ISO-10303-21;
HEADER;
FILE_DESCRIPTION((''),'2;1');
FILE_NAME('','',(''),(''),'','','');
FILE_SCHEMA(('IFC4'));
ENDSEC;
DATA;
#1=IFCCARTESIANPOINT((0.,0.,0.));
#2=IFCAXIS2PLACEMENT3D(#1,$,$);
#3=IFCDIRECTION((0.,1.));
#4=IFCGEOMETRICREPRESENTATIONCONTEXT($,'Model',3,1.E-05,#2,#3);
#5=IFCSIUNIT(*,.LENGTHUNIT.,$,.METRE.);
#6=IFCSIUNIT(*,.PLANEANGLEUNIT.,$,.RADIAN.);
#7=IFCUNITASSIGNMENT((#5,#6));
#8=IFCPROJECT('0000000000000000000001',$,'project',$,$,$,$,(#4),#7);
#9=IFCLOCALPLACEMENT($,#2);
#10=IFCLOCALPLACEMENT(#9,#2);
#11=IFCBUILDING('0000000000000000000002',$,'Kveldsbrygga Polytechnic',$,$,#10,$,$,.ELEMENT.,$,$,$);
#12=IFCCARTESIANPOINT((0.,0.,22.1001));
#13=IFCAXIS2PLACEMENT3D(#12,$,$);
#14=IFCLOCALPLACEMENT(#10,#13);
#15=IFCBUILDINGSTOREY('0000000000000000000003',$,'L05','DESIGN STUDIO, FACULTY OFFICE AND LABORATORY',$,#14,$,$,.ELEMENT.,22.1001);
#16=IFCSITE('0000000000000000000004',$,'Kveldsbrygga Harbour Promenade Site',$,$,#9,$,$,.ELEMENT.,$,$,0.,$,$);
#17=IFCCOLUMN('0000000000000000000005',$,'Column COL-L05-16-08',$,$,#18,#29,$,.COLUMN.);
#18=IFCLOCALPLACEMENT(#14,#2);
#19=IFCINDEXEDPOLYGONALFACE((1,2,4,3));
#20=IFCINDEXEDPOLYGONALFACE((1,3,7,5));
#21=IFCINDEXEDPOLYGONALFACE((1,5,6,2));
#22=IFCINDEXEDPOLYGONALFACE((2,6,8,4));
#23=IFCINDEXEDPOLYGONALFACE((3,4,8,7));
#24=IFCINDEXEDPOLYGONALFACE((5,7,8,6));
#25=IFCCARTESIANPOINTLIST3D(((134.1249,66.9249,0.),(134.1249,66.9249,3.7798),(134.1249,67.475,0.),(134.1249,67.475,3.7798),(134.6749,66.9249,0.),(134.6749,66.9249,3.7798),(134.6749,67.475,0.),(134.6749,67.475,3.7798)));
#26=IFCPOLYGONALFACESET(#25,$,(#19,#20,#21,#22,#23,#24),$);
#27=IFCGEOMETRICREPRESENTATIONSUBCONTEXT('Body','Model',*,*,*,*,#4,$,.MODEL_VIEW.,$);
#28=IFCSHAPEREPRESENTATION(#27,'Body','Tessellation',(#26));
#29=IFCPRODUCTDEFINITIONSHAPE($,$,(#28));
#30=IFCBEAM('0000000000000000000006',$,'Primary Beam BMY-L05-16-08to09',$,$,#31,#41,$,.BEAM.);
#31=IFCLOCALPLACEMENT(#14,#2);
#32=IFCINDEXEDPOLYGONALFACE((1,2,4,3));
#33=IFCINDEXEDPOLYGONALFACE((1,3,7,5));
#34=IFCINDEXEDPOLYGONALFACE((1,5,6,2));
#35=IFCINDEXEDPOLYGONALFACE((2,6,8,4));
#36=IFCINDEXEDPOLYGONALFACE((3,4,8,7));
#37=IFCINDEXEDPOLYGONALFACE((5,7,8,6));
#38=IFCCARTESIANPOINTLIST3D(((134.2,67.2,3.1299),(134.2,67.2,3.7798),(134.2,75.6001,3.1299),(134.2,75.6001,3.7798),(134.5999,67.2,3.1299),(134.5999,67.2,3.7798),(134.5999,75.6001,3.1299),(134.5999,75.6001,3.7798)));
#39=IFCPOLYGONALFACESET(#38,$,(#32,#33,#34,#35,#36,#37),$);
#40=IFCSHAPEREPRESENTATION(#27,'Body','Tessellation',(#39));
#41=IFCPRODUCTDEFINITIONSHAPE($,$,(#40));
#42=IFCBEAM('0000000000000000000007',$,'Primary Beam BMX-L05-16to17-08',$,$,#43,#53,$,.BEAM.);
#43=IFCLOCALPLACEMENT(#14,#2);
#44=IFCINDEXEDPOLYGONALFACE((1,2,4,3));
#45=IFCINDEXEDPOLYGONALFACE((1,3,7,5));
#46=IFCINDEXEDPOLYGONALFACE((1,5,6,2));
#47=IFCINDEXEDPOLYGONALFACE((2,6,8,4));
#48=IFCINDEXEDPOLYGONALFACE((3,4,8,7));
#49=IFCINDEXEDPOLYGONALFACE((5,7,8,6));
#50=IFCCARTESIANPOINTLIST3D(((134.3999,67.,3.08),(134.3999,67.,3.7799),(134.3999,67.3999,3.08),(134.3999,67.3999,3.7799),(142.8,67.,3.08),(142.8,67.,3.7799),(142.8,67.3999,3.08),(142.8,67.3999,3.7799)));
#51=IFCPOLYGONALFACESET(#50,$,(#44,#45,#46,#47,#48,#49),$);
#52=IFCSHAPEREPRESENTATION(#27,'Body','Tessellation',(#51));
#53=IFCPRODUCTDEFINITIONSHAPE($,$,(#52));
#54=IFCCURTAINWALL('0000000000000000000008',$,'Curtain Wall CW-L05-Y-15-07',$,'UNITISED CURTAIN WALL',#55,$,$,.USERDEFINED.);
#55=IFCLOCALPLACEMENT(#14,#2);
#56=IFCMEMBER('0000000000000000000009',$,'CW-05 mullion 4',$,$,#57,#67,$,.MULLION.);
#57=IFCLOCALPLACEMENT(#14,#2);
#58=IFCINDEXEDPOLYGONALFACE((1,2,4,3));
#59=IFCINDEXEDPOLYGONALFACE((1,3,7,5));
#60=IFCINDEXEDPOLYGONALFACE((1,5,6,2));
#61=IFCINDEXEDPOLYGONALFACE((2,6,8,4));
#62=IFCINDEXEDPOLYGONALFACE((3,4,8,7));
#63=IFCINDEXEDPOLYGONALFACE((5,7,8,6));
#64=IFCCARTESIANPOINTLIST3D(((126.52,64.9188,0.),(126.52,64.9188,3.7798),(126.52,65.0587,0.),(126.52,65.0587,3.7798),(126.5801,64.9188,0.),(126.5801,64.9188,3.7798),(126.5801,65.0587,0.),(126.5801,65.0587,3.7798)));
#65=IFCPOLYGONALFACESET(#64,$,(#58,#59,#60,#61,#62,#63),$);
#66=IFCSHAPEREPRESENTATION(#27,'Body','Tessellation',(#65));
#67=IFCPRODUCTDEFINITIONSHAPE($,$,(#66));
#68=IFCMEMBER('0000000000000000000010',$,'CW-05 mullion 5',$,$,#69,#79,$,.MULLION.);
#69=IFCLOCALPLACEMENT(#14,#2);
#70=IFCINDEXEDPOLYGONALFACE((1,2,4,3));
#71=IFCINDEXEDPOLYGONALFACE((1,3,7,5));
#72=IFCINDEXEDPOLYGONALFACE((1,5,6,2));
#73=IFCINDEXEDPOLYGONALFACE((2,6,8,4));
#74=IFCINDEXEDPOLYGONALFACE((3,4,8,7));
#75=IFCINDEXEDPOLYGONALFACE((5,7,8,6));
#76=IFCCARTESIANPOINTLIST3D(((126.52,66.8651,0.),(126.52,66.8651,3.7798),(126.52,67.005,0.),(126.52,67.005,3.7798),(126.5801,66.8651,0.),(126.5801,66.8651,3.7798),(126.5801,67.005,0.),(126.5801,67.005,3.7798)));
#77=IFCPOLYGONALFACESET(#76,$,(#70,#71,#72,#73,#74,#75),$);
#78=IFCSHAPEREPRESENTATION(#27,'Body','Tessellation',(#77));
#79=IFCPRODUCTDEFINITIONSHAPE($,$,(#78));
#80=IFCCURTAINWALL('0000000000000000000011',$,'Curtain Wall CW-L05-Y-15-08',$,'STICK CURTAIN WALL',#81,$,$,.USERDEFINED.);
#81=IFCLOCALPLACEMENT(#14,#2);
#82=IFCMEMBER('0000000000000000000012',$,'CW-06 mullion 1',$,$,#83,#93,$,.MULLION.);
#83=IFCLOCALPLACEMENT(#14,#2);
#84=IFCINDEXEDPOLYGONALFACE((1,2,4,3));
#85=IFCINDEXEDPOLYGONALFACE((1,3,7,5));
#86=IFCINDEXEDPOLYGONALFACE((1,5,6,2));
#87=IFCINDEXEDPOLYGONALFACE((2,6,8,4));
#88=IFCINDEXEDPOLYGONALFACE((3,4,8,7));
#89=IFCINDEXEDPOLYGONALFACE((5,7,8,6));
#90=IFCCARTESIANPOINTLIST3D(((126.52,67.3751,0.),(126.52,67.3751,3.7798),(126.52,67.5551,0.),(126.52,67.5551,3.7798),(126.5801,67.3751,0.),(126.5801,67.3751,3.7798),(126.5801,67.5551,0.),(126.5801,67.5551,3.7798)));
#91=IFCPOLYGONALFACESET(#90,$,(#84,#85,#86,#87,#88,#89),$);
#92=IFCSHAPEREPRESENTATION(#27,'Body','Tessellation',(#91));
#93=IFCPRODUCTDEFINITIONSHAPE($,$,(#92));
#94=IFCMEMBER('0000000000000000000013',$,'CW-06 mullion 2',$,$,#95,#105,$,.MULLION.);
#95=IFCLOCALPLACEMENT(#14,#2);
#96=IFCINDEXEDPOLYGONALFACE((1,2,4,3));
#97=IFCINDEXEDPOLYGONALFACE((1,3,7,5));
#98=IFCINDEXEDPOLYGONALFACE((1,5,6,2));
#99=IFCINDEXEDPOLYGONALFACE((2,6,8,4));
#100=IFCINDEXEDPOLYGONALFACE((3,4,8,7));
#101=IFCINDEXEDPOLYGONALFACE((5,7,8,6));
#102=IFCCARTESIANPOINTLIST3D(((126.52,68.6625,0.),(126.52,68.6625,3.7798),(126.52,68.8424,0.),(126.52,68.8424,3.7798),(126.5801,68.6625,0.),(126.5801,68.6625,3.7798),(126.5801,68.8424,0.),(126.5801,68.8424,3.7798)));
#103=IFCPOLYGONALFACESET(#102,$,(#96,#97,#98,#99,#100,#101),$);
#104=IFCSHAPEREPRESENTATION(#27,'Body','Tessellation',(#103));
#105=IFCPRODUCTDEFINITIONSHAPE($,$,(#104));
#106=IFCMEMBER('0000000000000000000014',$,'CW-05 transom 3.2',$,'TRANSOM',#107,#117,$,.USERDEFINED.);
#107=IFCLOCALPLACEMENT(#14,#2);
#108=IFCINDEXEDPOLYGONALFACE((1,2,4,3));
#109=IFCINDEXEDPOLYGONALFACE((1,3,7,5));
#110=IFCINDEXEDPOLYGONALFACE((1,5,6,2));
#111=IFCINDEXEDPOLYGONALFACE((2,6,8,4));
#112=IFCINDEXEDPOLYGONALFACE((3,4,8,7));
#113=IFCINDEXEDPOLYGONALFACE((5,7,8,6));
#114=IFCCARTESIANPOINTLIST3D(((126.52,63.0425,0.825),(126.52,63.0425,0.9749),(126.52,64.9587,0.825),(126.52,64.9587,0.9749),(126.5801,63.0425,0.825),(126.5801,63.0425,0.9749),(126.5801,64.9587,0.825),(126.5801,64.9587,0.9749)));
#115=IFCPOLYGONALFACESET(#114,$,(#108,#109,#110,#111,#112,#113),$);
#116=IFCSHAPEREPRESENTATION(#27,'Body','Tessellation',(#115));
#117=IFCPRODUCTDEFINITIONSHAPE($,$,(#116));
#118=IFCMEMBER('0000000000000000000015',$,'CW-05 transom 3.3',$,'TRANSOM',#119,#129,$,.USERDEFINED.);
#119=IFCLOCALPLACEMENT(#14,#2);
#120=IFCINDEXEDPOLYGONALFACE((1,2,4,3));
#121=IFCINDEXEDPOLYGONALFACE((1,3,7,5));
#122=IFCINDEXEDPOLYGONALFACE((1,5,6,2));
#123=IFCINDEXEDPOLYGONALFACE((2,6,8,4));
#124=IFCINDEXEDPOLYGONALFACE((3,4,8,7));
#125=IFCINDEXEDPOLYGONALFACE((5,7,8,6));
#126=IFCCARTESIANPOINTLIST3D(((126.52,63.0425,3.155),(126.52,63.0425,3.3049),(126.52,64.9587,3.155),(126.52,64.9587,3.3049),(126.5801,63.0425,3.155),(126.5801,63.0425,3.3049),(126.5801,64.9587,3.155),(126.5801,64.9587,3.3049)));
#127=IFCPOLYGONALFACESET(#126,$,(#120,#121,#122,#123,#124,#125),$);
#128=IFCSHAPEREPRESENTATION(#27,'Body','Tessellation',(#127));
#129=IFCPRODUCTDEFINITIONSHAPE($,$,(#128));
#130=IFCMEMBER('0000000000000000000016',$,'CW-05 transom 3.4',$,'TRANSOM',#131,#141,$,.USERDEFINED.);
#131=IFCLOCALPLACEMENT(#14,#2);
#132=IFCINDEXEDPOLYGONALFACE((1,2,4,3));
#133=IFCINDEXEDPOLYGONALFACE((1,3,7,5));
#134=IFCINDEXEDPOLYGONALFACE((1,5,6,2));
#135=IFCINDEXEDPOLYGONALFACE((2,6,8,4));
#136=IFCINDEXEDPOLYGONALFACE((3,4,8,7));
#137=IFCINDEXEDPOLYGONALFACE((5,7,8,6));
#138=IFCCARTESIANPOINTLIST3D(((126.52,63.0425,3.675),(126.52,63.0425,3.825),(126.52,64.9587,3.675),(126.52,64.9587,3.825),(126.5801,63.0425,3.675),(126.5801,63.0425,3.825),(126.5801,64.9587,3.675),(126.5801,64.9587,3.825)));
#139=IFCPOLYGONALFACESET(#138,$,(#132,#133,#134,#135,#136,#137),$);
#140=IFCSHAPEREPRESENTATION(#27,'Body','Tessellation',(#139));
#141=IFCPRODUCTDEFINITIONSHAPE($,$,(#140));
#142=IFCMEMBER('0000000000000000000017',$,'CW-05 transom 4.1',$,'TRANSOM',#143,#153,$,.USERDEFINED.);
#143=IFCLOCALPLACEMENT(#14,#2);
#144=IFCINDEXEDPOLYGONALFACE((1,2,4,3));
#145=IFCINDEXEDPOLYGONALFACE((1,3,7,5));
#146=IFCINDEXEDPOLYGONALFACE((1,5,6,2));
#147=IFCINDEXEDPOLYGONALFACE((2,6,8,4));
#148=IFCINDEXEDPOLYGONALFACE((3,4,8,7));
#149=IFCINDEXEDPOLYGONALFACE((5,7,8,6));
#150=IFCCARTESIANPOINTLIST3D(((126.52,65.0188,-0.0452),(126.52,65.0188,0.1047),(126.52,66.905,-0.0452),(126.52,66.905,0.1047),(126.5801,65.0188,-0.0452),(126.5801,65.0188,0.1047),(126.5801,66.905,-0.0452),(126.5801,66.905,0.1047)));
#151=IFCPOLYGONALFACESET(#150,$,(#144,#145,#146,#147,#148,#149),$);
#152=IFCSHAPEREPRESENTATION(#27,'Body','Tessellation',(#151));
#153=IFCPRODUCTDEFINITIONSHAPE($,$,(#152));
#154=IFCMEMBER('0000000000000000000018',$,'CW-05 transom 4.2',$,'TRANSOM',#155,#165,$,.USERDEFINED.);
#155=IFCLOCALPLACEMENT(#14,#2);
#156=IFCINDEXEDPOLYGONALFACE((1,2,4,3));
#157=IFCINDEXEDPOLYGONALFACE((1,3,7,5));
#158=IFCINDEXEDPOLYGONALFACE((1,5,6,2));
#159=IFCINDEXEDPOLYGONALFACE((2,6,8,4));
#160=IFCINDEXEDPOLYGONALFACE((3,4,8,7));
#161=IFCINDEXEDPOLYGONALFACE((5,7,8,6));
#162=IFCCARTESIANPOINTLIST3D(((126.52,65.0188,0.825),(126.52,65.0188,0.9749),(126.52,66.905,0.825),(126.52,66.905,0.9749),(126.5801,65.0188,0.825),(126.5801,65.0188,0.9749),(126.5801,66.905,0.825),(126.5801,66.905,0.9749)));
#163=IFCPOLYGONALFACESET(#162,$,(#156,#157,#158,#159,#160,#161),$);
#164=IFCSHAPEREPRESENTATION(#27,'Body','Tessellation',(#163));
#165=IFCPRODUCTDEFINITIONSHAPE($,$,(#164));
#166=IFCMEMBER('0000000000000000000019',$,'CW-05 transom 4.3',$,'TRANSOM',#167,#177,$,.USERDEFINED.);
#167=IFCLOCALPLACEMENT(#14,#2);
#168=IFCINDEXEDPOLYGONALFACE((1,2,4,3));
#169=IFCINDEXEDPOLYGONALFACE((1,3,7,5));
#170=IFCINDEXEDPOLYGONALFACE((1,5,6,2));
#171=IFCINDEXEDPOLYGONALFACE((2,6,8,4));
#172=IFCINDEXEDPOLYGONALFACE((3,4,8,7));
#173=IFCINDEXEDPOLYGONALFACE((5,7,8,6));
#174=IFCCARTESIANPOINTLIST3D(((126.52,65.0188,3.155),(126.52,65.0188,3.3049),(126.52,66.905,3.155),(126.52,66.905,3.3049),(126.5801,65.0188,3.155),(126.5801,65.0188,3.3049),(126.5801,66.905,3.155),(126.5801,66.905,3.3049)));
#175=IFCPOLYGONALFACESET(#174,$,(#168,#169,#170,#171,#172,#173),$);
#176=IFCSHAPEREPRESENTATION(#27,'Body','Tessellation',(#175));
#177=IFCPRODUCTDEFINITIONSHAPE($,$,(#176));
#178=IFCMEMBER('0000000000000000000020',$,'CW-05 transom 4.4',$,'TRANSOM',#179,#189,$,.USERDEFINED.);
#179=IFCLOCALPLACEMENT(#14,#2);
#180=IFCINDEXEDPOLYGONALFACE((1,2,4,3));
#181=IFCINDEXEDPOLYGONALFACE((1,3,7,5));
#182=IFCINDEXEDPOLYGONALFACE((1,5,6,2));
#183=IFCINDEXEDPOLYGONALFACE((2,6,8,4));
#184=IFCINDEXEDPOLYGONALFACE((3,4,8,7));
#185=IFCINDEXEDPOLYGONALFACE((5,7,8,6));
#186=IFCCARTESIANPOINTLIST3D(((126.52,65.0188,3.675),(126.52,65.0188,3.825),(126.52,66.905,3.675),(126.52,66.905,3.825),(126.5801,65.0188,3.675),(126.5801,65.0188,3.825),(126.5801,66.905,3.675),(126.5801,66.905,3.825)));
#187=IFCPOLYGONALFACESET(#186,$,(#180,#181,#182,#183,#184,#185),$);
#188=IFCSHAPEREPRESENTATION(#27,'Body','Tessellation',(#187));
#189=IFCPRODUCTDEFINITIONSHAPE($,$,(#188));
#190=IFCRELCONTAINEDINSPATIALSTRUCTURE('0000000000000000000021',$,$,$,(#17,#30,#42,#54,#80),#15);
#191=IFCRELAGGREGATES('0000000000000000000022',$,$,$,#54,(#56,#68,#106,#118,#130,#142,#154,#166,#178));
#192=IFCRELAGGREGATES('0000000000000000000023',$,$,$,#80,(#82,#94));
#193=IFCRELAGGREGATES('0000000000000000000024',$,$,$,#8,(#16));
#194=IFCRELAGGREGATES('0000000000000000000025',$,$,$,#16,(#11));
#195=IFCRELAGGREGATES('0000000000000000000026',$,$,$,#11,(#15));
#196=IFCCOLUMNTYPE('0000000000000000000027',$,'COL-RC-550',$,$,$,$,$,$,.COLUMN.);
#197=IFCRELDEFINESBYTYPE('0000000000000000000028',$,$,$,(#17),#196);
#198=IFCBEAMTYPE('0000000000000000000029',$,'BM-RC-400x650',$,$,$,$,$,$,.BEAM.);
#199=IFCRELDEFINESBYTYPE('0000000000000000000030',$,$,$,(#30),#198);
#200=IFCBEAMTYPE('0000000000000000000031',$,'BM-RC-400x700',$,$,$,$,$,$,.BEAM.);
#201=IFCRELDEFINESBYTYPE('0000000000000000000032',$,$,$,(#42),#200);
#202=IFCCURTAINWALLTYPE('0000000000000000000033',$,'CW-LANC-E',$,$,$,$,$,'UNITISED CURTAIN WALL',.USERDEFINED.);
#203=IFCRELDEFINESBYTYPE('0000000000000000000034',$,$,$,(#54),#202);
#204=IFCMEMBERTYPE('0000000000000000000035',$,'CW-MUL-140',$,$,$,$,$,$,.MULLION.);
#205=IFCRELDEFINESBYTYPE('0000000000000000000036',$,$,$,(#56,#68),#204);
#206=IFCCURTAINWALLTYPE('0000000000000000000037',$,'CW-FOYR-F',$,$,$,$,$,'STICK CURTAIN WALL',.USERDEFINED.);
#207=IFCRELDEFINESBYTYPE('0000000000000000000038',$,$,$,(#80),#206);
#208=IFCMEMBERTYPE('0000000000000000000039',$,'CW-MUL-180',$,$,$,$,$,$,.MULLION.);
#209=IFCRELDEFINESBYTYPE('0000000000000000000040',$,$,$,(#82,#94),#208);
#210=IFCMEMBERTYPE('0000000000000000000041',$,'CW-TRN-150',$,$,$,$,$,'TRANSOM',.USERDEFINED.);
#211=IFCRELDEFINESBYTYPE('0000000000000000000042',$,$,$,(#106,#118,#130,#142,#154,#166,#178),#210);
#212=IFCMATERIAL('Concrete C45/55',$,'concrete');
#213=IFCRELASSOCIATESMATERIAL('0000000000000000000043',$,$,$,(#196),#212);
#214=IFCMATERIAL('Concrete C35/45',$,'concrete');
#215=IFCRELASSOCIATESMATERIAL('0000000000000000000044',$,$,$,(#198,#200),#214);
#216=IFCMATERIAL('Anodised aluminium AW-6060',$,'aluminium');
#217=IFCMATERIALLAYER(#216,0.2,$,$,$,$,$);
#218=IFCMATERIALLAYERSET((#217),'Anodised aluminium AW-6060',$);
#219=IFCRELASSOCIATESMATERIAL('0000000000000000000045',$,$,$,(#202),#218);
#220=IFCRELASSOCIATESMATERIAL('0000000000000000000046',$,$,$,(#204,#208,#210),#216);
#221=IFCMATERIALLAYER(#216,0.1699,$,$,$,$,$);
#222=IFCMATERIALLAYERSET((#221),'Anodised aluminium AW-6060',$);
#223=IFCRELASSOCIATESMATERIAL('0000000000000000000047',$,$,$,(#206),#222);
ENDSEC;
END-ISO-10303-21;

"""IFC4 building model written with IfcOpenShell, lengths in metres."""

from ifc_helpers import new_model, si_unit, direction, frame, origin, origin_2d, place, context, subcontext, project, spatial, rectangle, extrude, material, layer, layer_set, material_profile, profile_set, type_object, element, aggregate, save


model = new_model("IFC4")

# Units and contexts
model_context = context("Model", 3, precision=1e-05, world=origin(), true_north=direction((0.0, 1.0)))
body_context = subcontext(model_context, "Body", "Model", "MODEL_VIEW")
ifc_project = project(units=[si_unit("LENGTHUNIT", "METRE"), si_unit("PLANEANGLEUNIT", "RADIAN")], contexts=[model_context])

# Site, building, storey
site_placement = place(None, origin())
site = spatial("IfcSite", under=ifc_project, at=site_placement, Name="Kveldsbrygga Harbour Promenade Site", CompositionType="ELEMENT", RefElevation=0.0)
building_placement = place(site_placement, origin())
building = spatial("IfcBuilding", under=site, at=building_placement, Name="Kveldsbrygga Polytechnic", CompositionType="ELEMENT")
storey_placement = place(building_placement, frame((0.0, 0.0, 22.1001)))
storey = spatial("IfcBuildingStorey", under=building, at=storey_placement, Name="L05", Description="DESIGN STUDIO, FACULTY OFFICE AND LABORATORY", CompositionType="ELEMENT", Elevation=22.1001)

# Column
ifc_material_1 = material(Name="Concrete C45/55", Category="concrete")
ifc_material_profile_1 = material_profile(ifc_material_1, rectangle(XDim=0.55, YDim=0.55, at=origin_2d()), Name="RC 550x550")
ifc_profile_set_1 = profile_set([ifc_material_profile_1], Name="Concrete C45/55")
column_type = type_object("IfcColumnType", Name="COL-RC-550", PredefinedType="COLUMN", material=ifc_profile_set_1)
column_placement = place(storey_placement, frame((134.3999, 67.2, 0.0), z_axis=(0.0, 0.0, 1.0), x_axis=(1.0, 0.0, 0.0)))
element("IfcColumn", 1, at=column_placement, inside=storey, type_object=column_type, Name="Column COL-L05-16-08", PredefinedType="COLUMN", context=body_context, shape_type="SweptSolid", body=[
    extrude(rectangle(XDim=0.55, YDim=0.55, at=origin_2d()), origin(), (0.0, 0.0, 1.0), 3.7798),
])

# Beams
ifc_material_2 = material(Name="Concrete C35/45", Category="concrete")
ifc_material_profile_2 = material_profile(ifc_material_2, rectangle(XDim=0.3999, YDim=0.6499, at=origin_2d()), Name="RC 400x650")
ifc_profile_set_2 = profile_set([ifc_material_profile_2], Name="Concrete C35/45")
beam_type_1 = type_object("IfcBeamType", Name="BM-RC-400x650", PredefinedType="BEAM", material=ifc_profile_set_2)
beam_1_placement = place(storey_placement, frame((134.3999, 67.2, 3.4548), z_axis=(0.0, 1.0, 0.0), x_axis=(-1.0, 0.0, 0.0)))
element("IfcBeam", 2, at=beam_1_placement, inside=storey, type_object=beam_type_1, Name="Primary Beam BMY-L05-16-08to09", PredefinedType="BEAM", context=body_context, shape_type="SweptSolid", body=[
    extrude(rectangle(XDim=0.3999, YDim=0.6499, at=origin_2d()), origin(), (0.0, 0.0, 1.0), 8.4001),
])
ifc_material_profile_3 = material_profile(ifc_material_2, rectangle(XDim=0.3999, YDim=0.7, at=origin_2d()), Name="RC 400x700")
ifc_profile_set_3 = profile_set([ifc_material_profile_3], Name="Concrete C35/45")
beam_type_2 = type_object("IfcBeamType", Name="BM-RC-400x700", PredefinedType="BEAM", material=ifc_profile_set_3)
beam_2_placement = place(storey_placement, frame((134.3999, 67.2, 3.4299), z_axis=(1.0, 0.0, 0.0), x_axis=(0.0, 1.0, 0.0)))
element("IfcBeam", 3, at=beam_2_placement, inside=storey, type_object=beam_type_2, Name="Primary Beam BMX-L05-16to17-08", PredefinedType="BEAM", context=body_context, shape_type="SweptSolid", body=[
    extrude(rectangle(XDim=0.3999, YDim=0.7, at=origin_2d()), origin(), (0.0, 0.0, 1.0), 8.4001),
])

# Curtain walls, members
ifc_material_3 = material(Name="Anodised aluminium AW-6060", Category="aluminium")
ifc_layer_1 = layer(ifc_material_3, 0.2)
ifc_layer_set_1 = layer_set([ifc_layer_1], Name="Anodised aluminium AW-6060")
curtain_wall_type_1 = type_object("IfcCurtainWallType", Name="CW-LANC-E", ElementType="UNITISED CURTAIN WALL", PredefinedType="USERDEFINED", material=ifc_layer_set_1)
curtain_wall_1_placement = place(storey_placement, origin())
curtain_wall_1 = element("IfcCurtainWall", 4, at=curtain_wall_1_placement, inside=storey, type_object=curtain_wall_type_1, Name="Curtain Wall CW-L05-Y-15-07", ObjectType="UNITISED CURTAIN WALL", PredefinedType="USERDEFINED")
ifc_material_profile_4 = material_profile(ifc_material_3, rectangle(XDim=0.0601, YDim=0.1399, at=origin_2d()), Name="ALU 60x140")
ifc_profile_set_4 = profile_set([ifc_material_profile_4], Name="Anodised aluminium AW-6060")
member_type_1 = type_object("IfcMemberType", Name="CW-MUL-140", PredefinedType="MULLION", material=ifc_profile_set_4)
member_1_placement = place(storey_placement, frame((126.55, 64.9888, 0.0), z_axis=(0.0, 0.0, 1.0), x_axis=(-1.0, 0.0, 0.0)))
member_1 = element("IfcMember", 5, at=member_1_placement, type_object=member_type_1, Name="CW-05 mullion 4", PredefinedType="MULLION", context=body_context, shape_type="SweptSolid", body=[
    extrude(rectangle(XDim=0.0601, YDim=0.1399, at=origin_2d()), origin(), (0.0, 0.0, 1.0), 3.7798),
])
member_2_placement = place(storey_placement, frame((126.55, 66.9351, 0.0), z_axis=(0.0, 0.0, 1.0), x_axis=(-1.0, 0.0, 0.0)))
member_2 = element("IfcMember", 6, at=member_2_placement, type_object=member_type_1, Name="CW-05 mullion 5", PredefinedType="MULLION", context=body_context, shape_type="SweptSolid", body=[
    extrude(rectangle(XDim=0.0601, YDim=0.1399, at=origin_2d()), origin(), (0.0, 0.0, 1.0), 3.7798),
])
ifc_layer_2 = layer(ifc_material_3, 0.1699)
ifc_layer_set_2 = layer_set([ifc_layer_2], Name="Anodised aluminium AW-6060")
curtain_wall_type_2 = type_object("IfcCurtainWallType", Name="CW-FOYR-F", ElementType="STICK CURTAIN WALL", PredefinedType="USERDEFINED", material=ifc_layer_set_2)
curtain_wall_2_placement = place(storey_placement, origin())
curtain_wall_2 = element("IfcCurtainWall", 7, at=curtain_wall_2_placement, inside=storey, type_object=curtain_wall_type_2, Name="Curtain Wall CW-L05-Y-15-08", ObjectType="STICK CURTAIN WALL", PredefinedType="USERDEFINED")
ifc_material_profile_5 = material_profile(ifc_material_3, rectangle(XDim=0.0601, YDim=0.1799, at=origin_2d()), Name="ALU 60x180")
ifc_profile_set_5 = profile_set([ifc_material_profile_5], Name="Anodised aluminium AW-6060")
member_type_2 = type_object("IfcMemberType", Name="CW-MUL-180", PredefinedType="MULLION", material=ifc_profile_set_5)
member_3_placement = place(storey_placement, frame((126.55, 67.4651, 0.0), z_axis=(0.0, 0.0, 1.0), x_axis=(-1.0, 0.0, 0.0)))
member_3 = element("IfcMember", 8, at=member_3_placement, type_object=member_type_2, Name="CW-06 mullion 1", PredefinedType="MULLION", context=body_context, shape_type="SweptSolid", body=[
    extrude(rectangle(XDim=0.0601, YDim=0.1799, at=origin_2d()), origin(), (0.0, 0.0, 1.0), 3.7798),
])
member_4_placement = place(storey_placement, frame((126.55, 68.7524, 0.0), z_axis=(0.0, 0.0, 1.0), x_axis=(-1.0, 0.0, 0.0)))
member_4 = element("IfcMember", 9, at=member_4_placement, type_object=member_type_2, Name="CW-06 mullion 2", PredefinedType="MULLION", context=body_context, shape_type="SweptSolid", body=[
    extrude(rectangle(XDim=0.0601, YDim=0.1799, at=origin_2d()), origin(), (0.0, 0.0, 1.0), 3.7798),
])

# Members
ifc_material_profile_6 = material_profile(ifc_material_3, rectangle(XDim=0.0601, YDim=0.1499, at=origin_2d()), Name="ALU 60x150")
ifc_profile_set_6 = profile_set([ifc_material_profile_6], Name="Anodised aluminium AW-6060")
member_type_3 = type_object("IfcMemberType", Name="CW-TRN-150", ElementType="TRANSOM", PredefinedType="USERDEFINED", material=ifc_profile_set_6)
member_5_placement = place(storey_placement, frame((126.55, 63.0425, 0.8999), z_axis=(0.0, 1.0, 0.0), x_axis=(-1.0, 0.0, 0.0)))
member_5 = element("IfcMember", 10, at=member_5_placement, type_object=member_type_3, Name="CW-05 transom 3.2", ObjectType="TRANSOM", PredefinedType="USERDEFINED", context=body_context, shape_type="SweptSolid", body=[
    extrude(rectangle(XDim=0.0601, YDim=0.1499, at=origin_2d()), origin(), (0.0, 0.0, 1.0), 1.9163),
])
member_6_placement = place(storey_placement, frame((126.55, 63.0425, 3.23), z_axis=(0.0, 1.0, 0.0), x_axis=(-1.0, 0.0, 0.0)))
member_6 = element("IfcMember", 11, at=member_6_placement, type_object=member_type_3, Name="CW-05 transom 3.3", ObjectType="TRANSOM", PredefinedType="USERDEFINED", context=body_context, shape_type="SweptSolid", body=[
    extrude(rectangle(XDim=0.0601, YDim=0.1499, at=origin_2d()), origin(), (0.0, 0.0, 1.0), 1.9163),
])
member_7_placement = place(storey_placement, frame((126.55, 63.0425, 3.75), z_axis=(0.0, 1.0, 0.0), x_axis=(-1.0, 0.0, 0.0)))
member_7 = element("IfcMember", 12, at=member_7_placement, type_object=member_type_3, Name="CW-05 transom 3.4", ObjectType="TRANSOM", PredefinedType="USERDEFINED", context=body_context, shape_type="SweptSolid", body=[
    extrude(rectangle(XDim=0.0601, YDim=0.1499, at=origin_2d()), origin(), (0.0, 0.0, 1.0), 1.9163),
])
member_8_placement = place(storey_placement, frame((126.55, 65.0188, 0.0298), z_axis=(0.0, 1.0, 0.0), x_axis=(-1.0, 0.0, 0.0)))
member_8 = element("IfcMember", 13, at=member_8_placement, type_object=member_type_3, Name="CW-05 transom 4.1", ObjectType="TRANSOM", PredefinedType="USERDEFINED", context=body_context, shape_type="SweptSolid", body=[
    extrude(rectangle(XDim=0.0601, YDim=0.1499, at=origin_2d()), origin(), (0.0, 0.0, 1.0), 1.8862),
])
member_9_placement = place(storey_placement, frame((126.55, 65.0188, 0.8999), z_axis=(0.0, 1.0, 0.0), x_axis=(-1.0, 0.0, 0.0)))
member_9 = element("IfcMember", 14, at=member_9_placement, type_object=member_type_3, Name="CW-05 transom 4.2", ObjectType="TRANSOM", PredefinedType="USERDEFINED", context=body_context, shape_type="SweptSolid", body=[
    extrude(rectangle(XDim=0.0601, YDim=0.1499, at=origin_2d()), origin(), (0.0, 0.0, 1.0), 1.8862),
])
member_10_placement = place(storey_placement, frame((126.55, 65.0188, 3.23), z_axis=(0.0, 1.0, 0.0), x_axis=(-1.0, 0.0, 0.0)))
member_10 = element("IfcMember", 15, at=member_10_placement, type_object=member_type_3, Name="CW-05 transom 4.3", ObjectType="TRANSOM", PredefinedType="USERDEFINED", context=body_context, shape_type="SweptSolid", body=[
    extrude(rectangle(XDim=0.0601, YDim=0.1499, at=origin_2d()), origin(), (0.0, 0.0, 1.0), 1.8862),
])
member_11_placement = place(storey_placement, frame((126.55, 65.0188, 3.75), z_axis=(0.0, 1.0, 0.0), x_axis=(-1.0, 0.0, 0.0)))
member_11 = element("IfcMember", 16, at=member_11_placement, type_object=member_type_3, Name="CW-05 transom 4.4", ObjectType="TRANSOM", PredefinedType="USERDEFINED", context=body_context, shape_type="SweptSolid", body=[
    extrude(rectangle(XDim=0.0601, YDim=0.1499, at=origin_2d()), origin(), (0.0, 0.0, 1.0), 1.8862),
])

aggregate(curtain_wall_1, [member_1, member_2, member_5, member_6, member_7, member_8, member_9, member_10, member_11])
aggregate(curtain_wall_2, [member_3, member_4])

save(model, "model.ifc")
